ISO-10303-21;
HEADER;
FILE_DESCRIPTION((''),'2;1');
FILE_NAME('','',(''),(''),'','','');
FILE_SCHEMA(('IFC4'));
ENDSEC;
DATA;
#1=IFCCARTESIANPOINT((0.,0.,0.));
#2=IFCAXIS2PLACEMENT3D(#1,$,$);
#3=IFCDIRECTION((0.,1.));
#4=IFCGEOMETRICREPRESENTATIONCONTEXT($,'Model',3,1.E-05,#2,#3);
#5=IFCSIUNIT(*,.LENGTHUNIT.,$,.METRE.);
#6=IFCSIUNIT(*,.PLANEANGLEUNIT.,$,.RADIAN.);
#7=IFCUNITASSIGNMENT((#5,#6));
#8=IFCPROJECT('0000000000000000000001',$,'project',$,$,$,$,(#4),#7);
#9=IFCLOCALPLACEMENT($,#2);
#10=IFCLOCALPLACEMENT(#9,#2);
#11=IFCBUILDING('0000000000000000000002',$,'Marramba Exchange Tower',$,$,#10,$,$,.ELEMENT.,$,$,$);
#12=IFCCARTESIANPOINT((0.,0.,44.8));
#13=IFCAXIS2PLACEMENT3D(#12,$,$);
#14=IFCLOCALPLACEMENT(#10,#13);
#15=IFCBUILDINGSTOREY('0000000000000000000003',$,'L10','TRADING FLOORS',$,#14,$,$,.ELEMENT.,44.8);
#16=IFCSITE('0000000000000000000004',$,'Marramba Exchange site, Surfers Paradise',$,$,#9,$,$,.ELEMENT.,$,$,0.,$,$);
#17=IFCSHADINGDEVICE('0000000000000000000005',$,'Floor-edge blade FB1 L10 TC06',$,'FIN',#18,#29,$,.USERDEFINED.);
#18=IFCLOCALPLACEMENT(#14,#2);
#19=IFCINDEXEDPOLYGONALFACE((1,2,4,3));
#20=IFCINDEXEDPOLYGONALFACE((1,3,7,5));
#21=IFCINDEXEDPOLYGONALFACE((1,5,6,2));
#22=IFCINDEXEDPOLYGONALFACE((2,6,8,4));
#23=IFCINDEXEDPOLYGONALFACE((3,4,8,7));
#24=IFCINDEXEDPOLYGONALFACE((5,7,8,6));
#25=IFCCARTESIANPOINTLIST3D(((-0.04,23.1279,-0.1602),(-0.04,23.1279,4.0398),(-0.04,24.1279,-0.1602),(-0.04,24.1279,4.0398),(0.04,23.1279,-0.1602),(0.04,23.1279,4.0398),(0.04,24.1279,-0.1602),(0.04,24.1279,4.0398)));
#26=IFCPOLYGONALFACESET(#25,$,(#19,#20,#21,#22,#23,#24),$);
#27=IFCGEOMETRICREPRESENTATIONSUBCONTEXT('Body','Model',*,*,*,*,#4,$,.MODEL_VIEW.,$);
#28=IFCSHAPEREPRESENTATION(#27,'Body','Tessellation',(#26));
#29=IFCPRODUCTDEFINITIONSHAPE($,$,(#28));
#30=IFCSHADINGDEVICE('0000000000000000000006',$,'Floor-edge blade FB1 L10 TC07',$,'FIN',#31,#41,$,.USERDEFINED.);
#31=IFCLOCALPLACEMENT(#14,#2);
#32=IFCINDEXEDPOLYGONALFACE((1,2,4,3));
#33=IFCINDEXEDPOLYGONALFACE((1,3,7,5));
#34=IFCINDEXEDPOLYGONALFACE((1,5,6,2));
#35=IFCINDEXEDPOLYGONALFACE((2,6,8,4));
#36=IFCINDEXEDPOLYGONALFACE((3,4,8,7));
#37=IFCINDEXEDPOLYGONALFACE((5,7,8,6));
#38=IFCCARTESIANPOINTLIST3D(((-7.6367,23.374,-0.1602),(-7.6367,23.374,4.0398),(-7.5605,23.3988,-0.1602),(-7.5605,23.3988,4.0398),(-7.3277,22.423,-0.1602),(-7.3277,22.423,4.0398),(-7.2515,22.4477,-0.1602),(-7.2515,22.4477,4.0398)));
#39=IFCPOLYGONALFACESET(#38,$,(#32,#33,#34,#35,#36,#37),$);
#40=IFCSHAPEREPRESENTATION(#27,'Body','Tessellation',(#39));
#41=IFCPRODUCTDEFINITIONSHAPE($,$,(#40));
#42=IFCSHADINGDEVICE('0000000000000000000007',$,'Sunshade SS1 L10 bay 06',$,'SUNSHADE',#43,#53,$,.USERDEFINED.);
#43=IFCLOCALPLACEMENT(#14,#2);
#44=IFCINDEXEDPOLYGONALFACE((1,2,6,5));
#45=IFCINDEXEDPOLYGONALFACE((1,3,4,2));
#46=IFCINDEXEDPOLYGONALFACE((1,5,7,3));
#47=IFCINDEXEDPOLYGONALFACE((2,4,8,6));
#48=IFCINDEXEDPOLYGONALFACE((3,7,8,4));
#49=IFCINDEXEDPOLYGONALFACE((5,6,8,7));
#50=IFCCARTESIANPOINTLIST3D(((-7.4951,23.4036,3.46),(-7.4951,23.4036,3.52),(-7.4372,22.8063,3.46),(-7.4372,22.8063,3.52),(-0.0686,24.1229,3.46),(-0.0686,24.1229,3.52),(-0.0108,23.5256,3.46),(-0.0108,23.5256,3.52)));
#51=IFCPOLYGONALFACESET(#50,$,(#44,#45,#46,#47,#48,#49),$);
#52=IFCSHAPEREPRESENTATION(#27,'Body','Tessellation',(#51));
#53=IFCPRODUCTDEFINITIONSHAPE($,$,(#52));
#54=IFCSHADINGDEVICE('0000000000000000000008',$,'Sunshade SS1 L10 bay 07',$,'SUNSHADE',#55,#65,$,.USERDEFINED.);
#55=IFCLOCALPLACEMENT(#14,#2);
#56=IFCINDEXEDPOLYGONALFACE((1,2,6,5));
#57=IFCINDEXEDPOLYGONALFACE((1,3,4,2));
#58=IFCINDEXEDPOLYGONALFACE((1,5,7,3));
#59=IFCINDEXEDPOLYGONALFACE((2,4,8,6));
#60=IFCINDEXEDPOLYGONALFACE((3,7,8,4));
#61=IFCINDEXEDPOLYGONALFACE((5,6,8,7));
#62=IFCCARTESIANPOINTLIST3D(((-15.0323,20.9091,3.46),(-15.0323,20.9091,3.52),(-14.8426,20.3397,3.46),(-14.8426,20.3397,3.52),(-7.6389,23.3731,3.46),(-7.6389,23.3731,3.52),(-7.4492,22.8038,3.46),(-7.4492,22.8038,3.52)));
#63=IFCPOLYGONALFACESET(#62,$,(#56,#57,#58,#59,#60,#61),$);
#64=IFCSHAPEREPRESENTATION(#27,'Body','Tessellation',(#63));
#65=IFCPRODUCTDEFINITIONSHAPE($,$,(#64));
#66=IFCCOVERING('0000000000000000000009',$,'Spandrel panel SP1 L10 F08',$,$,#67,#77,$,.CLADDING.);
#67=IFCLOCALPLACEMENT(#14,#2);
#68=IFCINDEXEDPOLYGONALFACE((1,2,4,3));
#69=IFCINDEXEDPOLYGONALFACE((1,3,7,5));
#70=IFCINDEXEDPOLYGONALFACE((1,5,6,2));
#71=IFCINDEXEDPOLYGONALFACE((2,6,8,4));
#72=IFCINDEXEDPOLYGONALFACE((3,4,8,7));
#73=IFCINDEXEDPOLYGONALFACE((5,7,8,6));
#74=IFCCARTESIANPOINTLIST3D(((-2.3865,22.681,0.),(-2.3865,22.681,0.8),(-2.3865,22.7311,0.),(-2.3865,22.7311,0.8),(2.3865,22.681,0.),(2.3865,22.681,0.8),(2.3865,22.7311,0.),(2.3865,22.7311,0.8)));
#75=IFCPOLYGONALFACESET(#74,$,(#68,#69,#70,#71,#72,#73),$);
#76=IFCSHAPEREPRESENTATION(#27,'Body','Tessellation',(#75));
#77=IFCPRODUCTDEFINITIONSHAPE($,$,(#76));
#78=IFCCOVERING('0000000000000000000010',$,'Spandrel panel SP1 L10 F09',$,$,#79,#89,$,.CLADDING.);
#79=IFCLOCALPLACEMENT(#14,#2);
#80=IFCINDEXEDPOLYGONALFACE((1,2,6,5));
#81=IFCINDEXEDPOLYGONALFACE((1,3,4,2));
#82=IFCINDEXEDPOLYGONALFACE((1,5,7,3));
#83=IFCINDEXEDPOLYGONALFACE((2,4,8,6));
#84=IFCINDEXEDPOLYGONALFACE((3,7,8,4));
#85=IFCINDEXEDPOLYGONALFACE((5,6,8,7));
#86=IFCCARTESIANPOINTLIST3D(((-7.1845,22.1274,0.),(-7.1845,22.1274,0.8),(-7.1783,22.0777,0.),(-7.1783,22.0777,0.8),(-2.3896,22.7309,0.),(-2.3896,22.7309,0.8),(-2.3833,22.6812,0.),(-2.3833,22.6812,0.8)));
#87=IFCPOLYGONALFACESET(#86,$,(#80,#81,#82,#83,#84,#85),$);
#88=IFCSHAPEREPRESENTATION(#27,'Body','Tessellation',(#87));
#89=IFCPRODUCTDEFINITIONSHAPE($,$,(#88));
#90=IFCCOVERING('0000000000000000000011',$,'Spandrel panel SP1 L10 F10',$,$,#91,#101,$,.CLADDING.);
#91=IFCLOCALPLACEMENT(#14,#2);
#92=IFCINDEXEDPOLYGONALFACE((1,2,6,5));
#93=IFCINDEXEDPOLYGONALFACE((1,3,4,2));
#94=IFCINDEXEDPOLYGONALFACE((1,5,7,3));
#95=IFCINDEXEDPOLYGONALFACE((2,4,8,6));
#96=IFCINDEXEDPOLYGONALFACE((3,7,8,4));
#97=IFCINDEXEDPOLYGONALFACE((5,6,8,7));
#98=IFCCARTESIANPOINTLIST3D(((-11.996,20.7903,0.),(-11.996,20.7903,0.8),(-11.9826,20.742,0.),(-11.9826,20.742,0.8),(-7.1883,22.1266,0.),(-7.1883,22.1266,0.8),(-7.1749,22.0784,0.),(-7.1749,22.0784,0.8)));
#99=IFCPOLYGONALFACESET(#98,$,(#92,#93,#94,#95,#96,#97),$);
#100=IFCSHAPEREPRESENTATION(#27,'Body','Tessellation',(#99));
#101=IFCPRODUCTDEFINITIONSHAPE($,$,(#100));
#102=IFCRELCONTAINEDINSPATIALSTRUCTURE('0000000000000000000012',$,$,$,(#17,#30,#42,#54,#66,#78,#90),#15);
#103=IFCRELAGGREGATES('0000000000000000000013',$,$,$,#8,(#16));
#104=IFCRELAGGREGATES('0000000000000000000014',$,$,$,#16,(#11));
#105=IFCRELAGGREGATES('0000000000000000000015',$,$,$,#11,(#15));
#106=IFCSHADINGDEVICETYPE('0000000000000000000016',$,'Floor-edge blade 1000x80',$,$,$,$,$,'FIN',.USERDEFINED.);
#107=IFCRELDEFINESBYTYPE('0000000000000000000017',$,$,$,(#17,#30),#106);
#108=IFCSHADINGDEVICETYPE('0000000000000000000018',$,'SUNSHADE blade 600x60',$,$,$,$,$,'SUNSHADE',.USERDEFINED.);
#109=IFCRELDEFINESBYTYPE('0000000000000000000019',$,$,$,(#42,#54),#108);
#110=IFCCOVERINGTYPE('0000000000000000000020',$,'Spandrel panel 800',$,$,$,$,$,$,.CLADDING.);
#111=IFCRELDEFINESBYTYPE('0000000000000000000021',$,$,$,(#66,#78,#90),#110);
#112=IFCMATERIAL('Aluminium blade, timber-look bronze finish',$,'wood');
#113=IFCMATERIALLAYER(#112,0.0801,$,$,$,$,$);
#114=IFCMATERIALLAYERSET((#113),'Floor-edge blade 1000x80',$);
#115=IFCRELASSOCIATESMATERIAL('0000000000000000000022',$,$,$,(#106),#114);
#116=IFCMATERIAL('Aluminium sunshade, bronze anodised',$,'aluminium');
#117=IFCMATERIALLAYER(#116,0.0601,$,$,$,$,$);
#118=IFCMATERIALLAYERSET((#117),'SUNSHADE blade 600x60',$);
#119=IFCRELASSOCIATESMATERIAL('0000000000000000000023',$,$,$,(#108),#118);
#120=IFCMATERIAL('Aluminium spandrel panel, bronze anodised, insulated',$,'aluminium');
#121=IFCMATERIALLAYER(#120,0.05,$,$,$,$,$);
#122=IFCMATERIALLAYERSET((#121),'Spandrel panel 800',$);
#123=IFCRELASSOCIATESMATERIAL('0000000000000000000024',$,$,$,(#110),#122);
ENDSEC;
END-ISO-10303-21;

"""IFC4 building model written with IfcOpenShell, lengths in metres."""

from ifc_helpers import new_model, si_unit, direction, frame, origin, origin_2d, place, context, subcontext, project, spatial, rectangle, extrude, material, layer, layer_set, type_object, element, save


model = new_model("IFC4")

# Units and contexts
model_context = context("Model", 3, precision=1e-05, world=origin(), true_north=direction((0.0, 1.0)))
body_context = subcontext(model_context, "Body", "Model", "MODEL_VIEW")
ifc_project = project(units=[si_unit("LENGTHUNIT", "METRE"), si_unit("PLANEANGLEUNIT", "RADIAN")], contexts=[model_context])

# Site, building, storey
site_placement = place(None, origin())
site = spatial("IfcSite", under=ifc_project, at=site_placement, Name="Marramba Exchange site, Surfers Paradise", CompositionType="ELEMENT", RefElevation=0.0)
building_placement = place(site_placement, origin())
building = spatial("IfcBuilding", under=site, at=building_placement, Name="Marramba Exchange Tower", CompositionType="ELEMENT")
storey_placement = place(building_placement, frame((0.0, 0.0, 44.8)))
storey = spatial("IfcBuildingStorey", under=building, at=storey_placement, Name="L10", Description="TRADING FLOORS", CompositionType="ELEMENT", Elevation=44.8)

# Shading devices
ifc_material_1 = material(Name="Aluminium blade, timber-look bronze finish", Category="wood")
ifc_layer_1 = layer(ifc_material_1, 0.0801)
ifc_layer_set_1 = layer_set([ifc_layer_1], Name="Floor-edge blade 1000x80")
shading_device_type_1 = type_object("IfcShadingDeviceType", Name="Floor-edge blade 1000x80", ElementType="FIN", PredefinedType="USERDEFINED", material=ifc_layer_set_1)
for number, where, z_axis, x_axis, name in (
    (1, (0.0, 23.6279, -0.1602), (0.0, 0.0, 1.0), (0.0, 1.0, 0.0), "Floor-edge blade FB1 L10 TC06"),
    (2, (-7.4441, 22.9109, -0.1602), (0.0, 0.0, 1.0), (-0.309017, 0.951057, 0.0), "Floor-edge blade FB1 L10 TC07"),
):
    element("IfcShadingDevice", number, at=place(storey_placement, frame(where, z_axis=z_axis, x_axis=x_axis)), inside=storey, type_object=shading_device_type_1, Name=name, ObjectType="FIN", PredefinedType="USERDEFINED", context=body_context, shape_type="SweptSolid", body=[
        extrude(rectangle(XDim=1.0, YDim=0.0801, at=origin_2d()), origin(), (0.0, 0.0, 1.0), 4.2),
    ])
ifc_material_2 = material(Name="Aluminium sunshade, bronze anodised", Category="aluminium")
ifc_layer_2 = layer(ifc_material_2, 0.0601)
ifc_layer_set_2 = layer_set([ifc_layer_2], Name="SUNSHADE blade 600x60")
shading_device_type_2 = type_object("IfcShadingDeviceType", Name="SUNSHADE blade 600x60", ElementType="SUNSHADE", PredefinedType="USERDEFINED", material=ifc_layer_set_2)
shading_device_1_placement = place(storey_placement, frame((-3.7529, 23.4646, 3.46), z_axis=(0.0, 0.0, 1.0), x_axis=(-0.995343, -0.096398, 0.0)))
element("IfcShadingDevice", 3, at=shading_device_1_placement, inside=storey, type_object=shading_device_type_2, Name="Sunshade SS1 L10 bay 06", ObjectType="SUNSHADE", PredefinedType="USERDEFINED", context=body_context, shape_type="SweptSolid", body=[
    extrude(rectangle(XDim=7.4612, YDim=0.6001, at=origin_2d()), origin(), (0.0, 0.0, 1.0), 0.0601),
])
shading_device_2_placement = place(storey_placement, frame((-11.2407, 21.8564, 3.46), z_axis=(0.0, 0.0, 1.0), x_axis=(-0.948698, -0.316184, 0.0)))
element("IfcShadingDevice", 4, at=shading_device_2_placement, inside=storey, type_object=shading_device_type_2, Name="Sunshade SS1 L10 bay 07", ObjectType="SUNSHADE", PredefinedType="USERDEFINED", context=body_context, shape_type="SweptSolid", body=[
    extrude(rectangle(XDim=7.7932, YDim=0.6001, at=origin_2d()), origin(), (0.0, 0.0, 1.0), 0.0601),
])

# Coverings
ifc_material_3 = material(Name="Aluminium spandrel panel, bronze anodised, insulated", Category="aluminium")
ifc_layer_3 = layer(ifc_material_3, 0.05)
ifc_layer_set_3 = layer_set([ifc_layer_3], Name="Spandrel panel 800")
covering_type = type_object("IfcCoveringType", Name="Spandrel panel 800", PredefinedType="CLADDING", material=ifc_layer_set_3)
covering_1_placement = place(storey_placement, frame((0.0, 22.7061, 0.0), z_axis=(0.0, 0.0, 1.0), x_axis=(-1.0, 0.0, 0.0)))
element("IfcCovering", 5, at=covering_1_placement, inside=storey, type_object=covering_type, Name="Spandrel panel SP1 L10 F08", PredefinedType="CLADDING", context=body_context, shape_type="SweptSolid", body=[
    extrude(rectangle(XDim=4.7729, YDim=0.05, at=origin_2d()), origin(), (0.0, 0.0, 1.0), 0.8),
])
covering_2_placement = place(storey_placement, frame((-4.7839, 22.4043, 0.0), z_axis=(0.0, 0.0, 1.0), x_axis=(-0.992173, -0.124873, 0.0)))
element("IfcCovering", 6, at=covering_2_placement, inside=storey, type_object=covering_type, Name="Spandrel panel SP1 L10 F09", PredefinedType="CLADDING", context=body_context, shape_type="SweptSolid", body=[
    extrude(rectangle(XDim=4.8328, YDim=0.05, at=origin_2d()), origin(), (0.0, 0.0, 1.0), 0.8),
])
covering_3_placement = place(storey_placement, frame((-9.5854, 21.4343, 0.0), z_axis=(0.0, 0.0, 1.0), x_axis=(-0.963472, -0.267809, 0.0)))
element("IfcCovering", 7, at=covering_3_placement, inside=storey, type_object=covering_type, Name="Spandrel panel SP1 L10 F10", PredefinedType="CLADDING", context=body_context, shape_type="SweptSolid", body=[
    extrude(rectangle(XDim=4.99, YDim=0.05, at=origin_2d()), origin(), (0.0, 0.0, 1.0), 0.8),
])

save(model, "model.ifc")
